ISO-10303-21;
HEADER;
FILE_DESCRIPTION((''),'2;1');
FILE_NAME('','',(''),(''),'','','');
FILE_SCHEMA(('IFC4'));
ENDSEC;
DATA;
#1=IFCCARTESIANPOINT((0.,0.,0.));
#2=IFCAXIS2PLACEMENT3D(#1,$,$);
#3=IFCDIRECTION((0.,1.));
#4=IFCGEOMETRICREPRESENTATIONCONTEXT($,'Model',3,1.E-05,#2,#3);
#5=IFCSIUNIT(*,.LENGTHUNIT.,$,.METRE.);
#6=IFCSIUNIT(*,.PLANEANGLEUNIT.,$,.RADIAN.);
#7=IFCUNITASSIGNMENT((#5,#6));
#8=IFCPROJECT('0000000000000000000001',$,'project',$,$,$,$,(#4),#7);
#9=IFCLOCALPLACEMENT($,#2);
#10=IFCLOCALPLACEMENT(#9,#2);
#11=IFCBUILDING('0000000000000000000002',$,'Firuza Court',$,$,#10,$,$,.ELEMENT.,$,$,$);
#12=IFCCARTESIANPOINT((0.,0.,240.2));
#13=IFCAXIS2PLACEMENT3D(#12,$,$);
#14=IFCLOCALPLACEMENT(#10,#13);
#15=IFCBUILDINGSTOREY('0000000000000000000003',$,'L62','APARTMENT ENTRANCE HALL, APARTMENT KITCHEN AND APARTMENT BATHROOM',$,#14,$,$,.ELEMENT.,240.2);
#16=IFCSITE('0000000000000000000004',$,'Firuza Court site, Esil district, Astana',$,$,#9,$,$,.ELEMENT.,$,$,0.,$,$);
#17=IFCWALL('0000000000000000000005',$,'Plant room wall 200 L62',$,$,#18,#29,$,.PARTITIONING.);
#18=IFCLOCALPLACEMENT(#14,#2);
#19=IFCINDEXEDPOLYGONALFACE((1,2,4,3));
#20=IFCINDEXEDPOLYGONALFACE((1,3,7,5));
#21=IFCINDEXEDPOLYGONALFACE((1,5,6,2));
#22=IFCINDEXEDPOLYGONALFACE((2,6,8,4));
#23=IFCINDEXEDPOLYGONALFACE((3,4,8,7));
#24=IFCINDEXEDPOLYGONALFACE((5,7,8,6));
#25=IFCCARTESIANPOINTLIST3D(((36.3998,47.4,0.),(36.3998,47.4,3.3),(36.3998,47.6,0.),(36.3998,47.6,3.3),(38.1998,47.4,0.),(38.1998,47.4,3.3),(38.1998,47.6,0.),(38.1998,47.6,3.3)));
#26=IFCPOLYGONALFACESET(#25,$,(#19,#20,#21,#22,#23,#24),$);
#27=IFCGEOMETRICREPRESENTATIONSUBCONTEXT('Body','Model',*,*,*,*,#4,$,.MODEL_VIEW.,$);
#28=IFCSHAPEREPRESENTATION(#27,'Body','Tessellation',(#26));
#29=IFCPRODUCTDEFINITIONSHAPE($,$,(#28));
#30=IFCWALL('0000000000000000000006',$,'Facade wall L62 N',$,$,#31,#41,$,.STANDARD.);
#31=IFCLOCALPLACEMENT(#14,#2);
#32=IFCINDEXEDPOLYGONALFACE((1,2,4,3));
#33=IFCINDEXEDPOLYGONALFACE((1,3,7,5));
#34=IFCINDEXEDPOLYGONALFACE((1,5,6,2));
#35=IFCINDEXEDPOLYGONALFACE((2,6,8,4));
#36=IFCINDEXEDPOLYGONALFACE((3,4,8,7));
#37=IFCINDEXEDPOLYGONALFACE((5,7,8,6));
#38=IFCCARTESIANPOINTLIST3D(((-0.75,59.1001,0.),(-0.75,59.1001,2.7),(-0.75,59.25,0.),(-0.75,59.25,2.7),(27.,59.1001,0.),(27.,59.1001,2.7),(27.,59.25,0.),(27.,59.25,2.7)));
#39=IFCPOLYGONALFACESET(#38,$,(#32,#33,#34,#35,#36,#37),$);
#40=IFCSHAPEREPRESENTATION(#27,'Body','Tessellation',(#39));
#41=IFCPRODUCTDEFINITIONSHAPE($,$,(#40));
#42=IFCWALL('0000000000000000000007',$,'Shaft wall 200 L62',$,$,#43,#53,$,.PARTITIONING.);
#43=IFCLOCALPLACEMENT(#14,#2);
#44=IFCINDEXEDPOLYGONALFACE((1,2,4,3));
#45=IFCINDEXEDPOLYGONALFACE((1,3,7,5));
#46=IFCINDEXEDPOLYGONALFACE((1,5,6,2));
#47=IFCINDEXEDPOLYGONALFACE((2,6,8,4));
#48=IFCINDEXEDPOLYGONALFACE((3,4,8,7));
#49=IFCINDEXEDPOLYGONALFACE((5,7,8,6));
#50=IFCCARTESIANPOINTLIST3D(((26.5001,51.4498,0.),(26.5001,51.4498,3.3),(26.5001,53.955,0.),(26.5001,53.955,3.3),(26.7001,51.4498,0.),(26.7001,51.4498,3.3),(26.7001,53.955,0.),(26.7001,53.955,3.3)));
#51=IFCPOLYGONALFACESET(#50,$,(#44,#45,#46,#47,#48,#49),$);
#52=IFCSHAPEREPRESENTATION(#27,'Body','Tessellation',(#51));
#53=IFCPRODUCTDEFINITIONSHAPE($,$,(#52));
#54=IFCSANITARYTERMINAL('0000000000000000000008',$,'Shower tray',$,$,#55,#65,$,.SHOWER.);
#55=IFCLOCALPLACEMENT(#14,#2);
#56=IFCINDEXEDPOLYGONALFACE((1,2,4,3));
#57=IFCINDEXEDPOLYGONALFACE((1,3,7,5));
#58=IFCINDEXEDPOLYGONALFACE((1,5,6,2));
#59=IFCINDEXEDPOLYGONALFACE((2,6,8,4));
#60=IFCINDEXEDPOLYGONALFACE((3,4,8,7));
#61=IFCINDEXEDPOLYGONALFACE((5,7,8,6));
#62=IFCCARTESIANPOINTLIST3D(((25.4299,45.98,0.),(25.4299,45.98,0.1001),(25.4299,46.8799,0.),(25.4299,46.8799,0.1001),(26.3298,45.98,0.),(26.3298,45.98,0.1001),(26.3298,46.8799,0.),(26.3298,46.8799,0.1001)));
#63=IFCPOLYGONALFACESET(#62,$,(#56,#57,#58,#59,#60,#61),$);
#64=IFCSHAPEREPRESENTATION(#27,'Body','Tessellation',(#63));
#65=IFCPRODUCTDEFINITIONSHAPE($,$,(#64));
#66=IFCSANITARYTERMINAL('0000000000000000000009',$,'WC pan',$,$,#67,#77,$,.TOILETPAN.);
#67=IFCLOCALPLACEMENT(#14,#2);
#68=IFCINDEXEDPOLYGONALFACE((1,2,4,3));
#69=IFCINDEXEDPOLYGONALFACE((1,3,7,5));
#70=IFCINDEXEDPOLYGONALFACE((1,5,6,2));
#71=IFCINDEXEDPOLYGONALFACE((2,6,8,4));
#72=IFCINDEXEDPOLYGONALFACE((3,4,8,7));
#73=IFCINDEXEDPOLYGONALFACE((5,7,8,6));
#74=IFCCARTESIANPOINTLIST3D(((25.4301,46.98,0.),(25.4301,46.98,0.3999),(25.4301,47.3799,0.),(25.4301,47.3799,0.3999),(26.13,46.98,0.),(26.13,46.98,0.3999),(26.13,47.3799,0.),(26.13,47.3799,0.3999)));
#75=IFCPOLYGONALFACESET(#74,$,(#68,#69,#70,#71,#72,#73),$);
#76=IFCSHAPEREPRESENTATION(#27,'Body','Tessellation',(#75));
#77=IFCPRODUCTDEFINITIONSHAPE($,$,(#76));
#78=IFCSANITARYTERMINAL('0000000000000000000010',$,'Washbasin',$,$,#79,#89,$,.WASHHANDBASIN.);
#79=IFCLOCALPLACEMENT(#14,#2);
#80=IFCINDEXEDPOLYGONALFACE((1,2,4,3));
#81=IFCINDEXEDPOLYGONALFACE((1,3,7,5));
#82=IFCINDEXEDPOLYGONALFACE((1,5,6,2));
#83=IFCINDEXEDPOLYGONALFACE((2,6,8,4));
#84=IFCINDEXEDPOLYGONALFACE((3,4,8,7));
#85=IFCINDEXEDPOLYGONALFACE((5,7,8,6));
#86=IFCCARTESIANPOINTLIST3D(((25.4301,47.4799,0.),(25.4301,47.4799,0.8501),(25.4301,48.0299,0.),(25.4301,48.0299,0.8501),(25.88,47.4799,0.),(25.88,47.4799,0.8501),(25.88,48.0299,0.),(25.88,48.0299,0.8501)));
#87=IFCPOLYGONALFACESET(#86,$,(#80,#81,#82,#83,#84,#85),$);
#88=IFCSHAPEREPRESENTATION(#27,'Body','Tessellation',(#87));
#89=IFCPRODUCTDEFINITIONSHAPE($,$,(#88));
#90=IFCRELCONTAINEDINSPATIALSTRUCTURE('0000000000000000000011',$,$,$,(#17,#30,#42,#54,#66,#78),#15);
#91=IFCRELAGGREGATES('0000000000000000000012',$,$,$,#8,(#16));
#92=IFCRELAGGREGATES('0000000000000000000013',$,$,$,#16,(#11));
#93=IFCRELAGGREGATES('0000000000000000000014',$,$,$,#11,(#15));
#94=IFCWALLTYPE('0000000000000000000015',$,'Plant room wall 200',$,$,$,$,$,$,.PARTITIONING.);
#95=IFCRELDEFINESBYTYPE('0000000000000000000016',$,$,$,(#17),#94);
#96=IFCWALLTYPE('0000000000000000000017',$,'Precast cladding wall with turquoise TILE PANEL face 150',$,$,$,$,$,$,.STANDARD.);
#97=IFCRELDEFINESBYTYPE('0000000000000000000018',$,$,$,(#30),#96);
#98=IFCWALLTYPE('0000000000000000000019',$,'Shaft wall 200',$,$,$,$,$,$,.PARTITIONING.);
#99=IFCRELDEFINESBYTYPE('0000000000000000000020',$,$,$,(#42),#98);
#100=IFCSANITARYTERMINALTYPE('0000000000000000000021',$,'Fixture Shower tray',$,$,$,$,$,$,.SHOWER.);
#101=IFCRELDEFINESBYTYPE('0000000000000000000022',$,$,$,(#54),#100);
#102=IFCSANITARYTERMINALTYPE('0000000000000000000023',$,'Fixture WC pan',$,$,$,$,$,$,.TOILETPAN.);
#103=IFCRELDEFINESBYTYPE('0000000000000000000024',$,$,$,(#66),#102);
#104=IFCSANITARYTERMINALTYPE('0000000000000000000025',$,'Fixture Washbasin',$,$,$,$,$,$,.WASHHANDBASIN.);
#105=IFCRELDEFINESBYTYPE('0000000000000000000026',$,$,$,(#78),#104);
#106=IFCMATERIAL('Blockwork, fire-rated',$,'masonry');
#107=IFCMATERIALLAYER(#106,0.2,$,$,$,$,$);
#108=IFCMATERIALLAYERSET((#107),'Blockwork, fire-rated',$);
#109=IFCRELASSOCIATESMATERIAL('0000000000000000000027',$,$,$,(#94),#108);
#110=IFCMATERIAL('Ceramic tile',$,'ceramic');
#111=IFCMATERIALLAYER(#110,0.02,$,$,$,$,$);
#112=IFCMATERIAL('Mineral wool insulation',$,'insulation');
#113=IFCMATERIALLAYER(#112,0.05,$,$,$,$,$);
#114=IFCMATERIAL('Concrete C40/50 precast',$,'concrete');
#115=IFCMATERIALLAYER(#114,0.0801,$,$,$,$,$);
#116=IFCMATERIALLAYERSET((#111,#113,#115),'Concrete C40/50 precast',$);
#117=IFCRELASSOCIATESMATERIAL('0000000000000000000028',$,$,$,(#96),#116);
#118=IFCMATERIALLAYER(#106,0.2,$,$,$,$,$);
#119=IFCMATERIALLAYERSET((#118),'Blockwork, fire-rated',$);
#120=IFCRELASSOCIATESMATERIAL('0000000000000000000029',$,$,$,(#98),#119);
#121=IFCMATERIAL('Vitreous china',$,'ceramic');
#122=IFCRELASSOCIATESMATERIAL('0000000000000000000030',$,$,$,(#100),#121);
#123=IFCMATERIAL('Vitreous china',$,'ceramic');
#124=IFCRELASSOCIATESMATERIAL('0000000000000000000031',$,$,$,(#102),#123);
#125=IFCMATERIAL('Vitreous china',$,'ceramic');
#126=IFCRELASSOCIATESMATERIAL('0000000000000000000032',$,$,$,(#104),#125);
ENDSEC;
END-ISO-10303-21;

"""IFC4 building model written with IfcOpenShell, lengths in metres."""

from ifc_helpers import new_model, si_unit, direction, frame, frame_2d, origin, origin_2d, place, context, subcontext, project, spatial, rectangle, extrude, material, layer, layer_set, type_object, element, save


model = new_model("IFC4")

# Units and contexts
model_context = context("Model", 3, precision=1e-05, world=origin(), true_north=direction((0.0, 1.0)))
body_context = subcontext(model_context, "Body", "Model", "MODEL_VIEW")
ifc_project = project(units=[si_unit("LENGTHUNIT", "METRE"), si_unit("PLANEANGLEUNIT", "RADIAN")], contexts=[model_context])

# Site, building, storey
site_placement = place(None, origin())
site = spatial("IfcSite", under=ifc_project, at=site_placement, Name="Firuza Court site, Esil district, Astana", CompositionType="ELEMENT", RefElevation=0.0)
building_placement = place(site_placement, origin())
building = spatial("IfcBuilding", under=site, at=building_placement, Name="Firuza Court", CompositionType="ELEMENT")
storey_placement = place(building_placement, frame((0.0, 0.0, 240.2)))
storey = spatial("IfcBuildingStorey", under=building, at=storey_placement, Name="L62", Description="APARTMENT ENTRANCE HALL, APARTMENT KITCHEN AND APARTMENT BATHROOM", CompositionType="ELEMENT", Elevation=240.2)

# Walls
ifc_material_1 = material(Name="Blockwork, fire-rated", Category="masonry")
ifc_layer_1 = layer(ifc_material_1, 0.2)
ifc_layer_set_1 = layer_set([ifc_layer_1], Name="Blockwork, fire-rated")
wall_type_1 = type_object("IfcWallType", Name="Plant room wall 200", PredefinedType="PARTITIONING", material=ifc_layer_set_1)
wall_1_placement = place(storey_placement, frame((36.3999, 47.5, 0.0), z_axis=(0.0, 0.0, 1.0), x_axis=(1.0, 0.0, 0.0)))
element("IfcWall", 1, at=wall_1_placement, inside=storey, type_object=wall_type_1, Name="Plant room wall 200 L62", PredefinedType="PARTITIONING", context=body_context, shape_type="SweptSolid", body=[
    extrude(rectangle(XDim=1.8, YDim=0.2, at=frame_2d((0.8999, 0.0))), origin(), (0.0, 0.0, 1.0), 3.3),
])
ifc_material_2 = material(Name="Ceramic tile", Category="ceramic")
ifc_layer_2 = layer(ifc_material_2, 0.02)
ifc_material_3 = material(Name="Mineral wool insulation", Category="insulation")
ifc_layer_3 = layer(ifc_material_3, 0.05)
ifc_material_4 = material(Name="Concrete C40/50 precast", Category="concrete")
ifc_layer_4 = layer(ifc_material_4, 0.0801)
ifc_layer_set_2 = layer_set([ifc_layer_2, ifc_layer_3, ifc_layer_4], Name="Concrete C40/50 precast")
wall_type_2 = type_object("IfcWallType", Name="Precast cladding wall with turquoise TILE PANEL face 150", PredefinedType="STANDARD", material=ifc_layer_set_2)
wall_2_placement = place(storey_placement, frame((27.0, 59.175, 0.0), z_axis=(0.0, 0.0, 1.0), x_axis=(-1.0, 0.0, 0.0)))
element("IfcWall", 2, at=wall_2_placement, inside=storey, type_object=wall_type_2, Name="Facade wall L62 N", PredefinedType="STANDARD", context=body_context, shape_type="SweptSolid", body=[
    extrude(rectangle(XDim=27.75, YDim=0.1499, at=frame_2d((13.875, 0.0))), origin(), (0.0, 0.0, 1.0), 2.7),
])
ifc_layer_5 = layer(ifc_material_1, 0.2)
ifc_layer_set_3 = layer_set([ifc_layer_5], Name="Blockwork, fire-rated")
wall_type_3 = type_object("IfcWallType", Name="Shaft wall 200", PredefinedType="PARTITIONING", material=ifc_layer_set_3)
wall_3_placement = place(storey_placement, frame((26.6001, 51.45, 0.0), z_axis=(0.0, 0.0, 1.0), x_axis=(0.0, 1.0, 0.0)))
element("IfcWall", 3, at=wall_3_placement, inside=storey, type_object=wall_type_3, Name="Shaft wall 200 L62", PredefinedType="PARTITIONING", context=body_context, shape_type="SweptSolid", body=[
    extrude(rectangle(XDim=2.5051, YDim=0.2, at=frame_2d((1.2524, 0.0))), origin(), (0.0, 0.0, 1.0), 3.3),
])

# Sanitary terminals
ifc_material_5 = material(Name="Vitreous china", Category="ceramic")
sanitary_terminal_type_1 = type_object("IfcSanitaryTerminalType", Name="Fixture Shower tray", PredefinedType="SHOWER", material=ifc_material_5)
sanitary_terminal_1_placement = place(storey_placement, frame((25.8799, 46.4299, 0.0), z_axis=(0.0, 0.0, 1.0), x_axis=(1.0, 0.0, 0.0)))
element("IfcSanitaryTerminal", 4, at=sanitary_terminal_1_placement, inside=storey, type_object=sanitary_terminal_type_1, Name="Shower tray", PredefinedType="SHOWER", context=body_context, shape_type="SweptSolid", body=[
    extrude(rectangle(XDim=0.8999, YDim=0.8999, at=origin_2d()), origin(), (0.0, 0.0, 1.0), 0.1001),
])
ifc_material_6 = material(Name="Vitreous china", Category="ceramic")
sanitary_terminal_type_2 = type_object("IfcSanitaryTerminalType", Name="Fixture WC pan", PredefinedType="TOILETPAN", material=ifc_material_6)
sanitary_terminal_2_placement = place(storey_placement, frame((25.78, 47.1799, 0.0), z_axis=(0.0, 0.0, 1.0), x_axis=(1.0, 0.0, 0.0)))
element("IfcSanitaryTerminal", 5, at=sanitary_terminal_2_placement, inside=storey, type_object=sanitary_terminal_type_2, Name="WC pan", PredefinedType="TOILETPAN", context=body_context, shape_type="SweptSolid", body=[
    extrude(rectangle(XDim=0.7, YDim=0.3999, at=origin_2d()), origin(), (0.0, 0.0, 1.0), 0.3999),
])
ifc_material_7 = material(Name="Vitreous china", Category="ceramic")
sanitary_terminal_type_3 = type_object("IfcSanitaryTerminalType", Name="Fixture Washbasin", PredefinedType="WASHHANDBASIN", material=ifc_material_7)
sanitary_terminal_3_placement = place(storey_placement, frame((25.655, 47.7549, 0.0), z_axis=(0.0, 0.0, 1.0), x_axis=(1.0, 0.0, 0.0)))
element("IfcSanitaryTerminal", 6, at=sanitary_terminal_3_placement, inside=storey, type_object=sanitary_terminal_type_3, Name="Washbasin", PredefinedType="WASHHANDBASIN", context=body_context, shape_type="SweptSolid", body=[
    extrude(rectangle(XDim=0.45, YDim=0.55, at=origin_2d()), origin(), (0.0, 0.0, 1.0), 0.8501),
])

save(model, "model.ifc")
